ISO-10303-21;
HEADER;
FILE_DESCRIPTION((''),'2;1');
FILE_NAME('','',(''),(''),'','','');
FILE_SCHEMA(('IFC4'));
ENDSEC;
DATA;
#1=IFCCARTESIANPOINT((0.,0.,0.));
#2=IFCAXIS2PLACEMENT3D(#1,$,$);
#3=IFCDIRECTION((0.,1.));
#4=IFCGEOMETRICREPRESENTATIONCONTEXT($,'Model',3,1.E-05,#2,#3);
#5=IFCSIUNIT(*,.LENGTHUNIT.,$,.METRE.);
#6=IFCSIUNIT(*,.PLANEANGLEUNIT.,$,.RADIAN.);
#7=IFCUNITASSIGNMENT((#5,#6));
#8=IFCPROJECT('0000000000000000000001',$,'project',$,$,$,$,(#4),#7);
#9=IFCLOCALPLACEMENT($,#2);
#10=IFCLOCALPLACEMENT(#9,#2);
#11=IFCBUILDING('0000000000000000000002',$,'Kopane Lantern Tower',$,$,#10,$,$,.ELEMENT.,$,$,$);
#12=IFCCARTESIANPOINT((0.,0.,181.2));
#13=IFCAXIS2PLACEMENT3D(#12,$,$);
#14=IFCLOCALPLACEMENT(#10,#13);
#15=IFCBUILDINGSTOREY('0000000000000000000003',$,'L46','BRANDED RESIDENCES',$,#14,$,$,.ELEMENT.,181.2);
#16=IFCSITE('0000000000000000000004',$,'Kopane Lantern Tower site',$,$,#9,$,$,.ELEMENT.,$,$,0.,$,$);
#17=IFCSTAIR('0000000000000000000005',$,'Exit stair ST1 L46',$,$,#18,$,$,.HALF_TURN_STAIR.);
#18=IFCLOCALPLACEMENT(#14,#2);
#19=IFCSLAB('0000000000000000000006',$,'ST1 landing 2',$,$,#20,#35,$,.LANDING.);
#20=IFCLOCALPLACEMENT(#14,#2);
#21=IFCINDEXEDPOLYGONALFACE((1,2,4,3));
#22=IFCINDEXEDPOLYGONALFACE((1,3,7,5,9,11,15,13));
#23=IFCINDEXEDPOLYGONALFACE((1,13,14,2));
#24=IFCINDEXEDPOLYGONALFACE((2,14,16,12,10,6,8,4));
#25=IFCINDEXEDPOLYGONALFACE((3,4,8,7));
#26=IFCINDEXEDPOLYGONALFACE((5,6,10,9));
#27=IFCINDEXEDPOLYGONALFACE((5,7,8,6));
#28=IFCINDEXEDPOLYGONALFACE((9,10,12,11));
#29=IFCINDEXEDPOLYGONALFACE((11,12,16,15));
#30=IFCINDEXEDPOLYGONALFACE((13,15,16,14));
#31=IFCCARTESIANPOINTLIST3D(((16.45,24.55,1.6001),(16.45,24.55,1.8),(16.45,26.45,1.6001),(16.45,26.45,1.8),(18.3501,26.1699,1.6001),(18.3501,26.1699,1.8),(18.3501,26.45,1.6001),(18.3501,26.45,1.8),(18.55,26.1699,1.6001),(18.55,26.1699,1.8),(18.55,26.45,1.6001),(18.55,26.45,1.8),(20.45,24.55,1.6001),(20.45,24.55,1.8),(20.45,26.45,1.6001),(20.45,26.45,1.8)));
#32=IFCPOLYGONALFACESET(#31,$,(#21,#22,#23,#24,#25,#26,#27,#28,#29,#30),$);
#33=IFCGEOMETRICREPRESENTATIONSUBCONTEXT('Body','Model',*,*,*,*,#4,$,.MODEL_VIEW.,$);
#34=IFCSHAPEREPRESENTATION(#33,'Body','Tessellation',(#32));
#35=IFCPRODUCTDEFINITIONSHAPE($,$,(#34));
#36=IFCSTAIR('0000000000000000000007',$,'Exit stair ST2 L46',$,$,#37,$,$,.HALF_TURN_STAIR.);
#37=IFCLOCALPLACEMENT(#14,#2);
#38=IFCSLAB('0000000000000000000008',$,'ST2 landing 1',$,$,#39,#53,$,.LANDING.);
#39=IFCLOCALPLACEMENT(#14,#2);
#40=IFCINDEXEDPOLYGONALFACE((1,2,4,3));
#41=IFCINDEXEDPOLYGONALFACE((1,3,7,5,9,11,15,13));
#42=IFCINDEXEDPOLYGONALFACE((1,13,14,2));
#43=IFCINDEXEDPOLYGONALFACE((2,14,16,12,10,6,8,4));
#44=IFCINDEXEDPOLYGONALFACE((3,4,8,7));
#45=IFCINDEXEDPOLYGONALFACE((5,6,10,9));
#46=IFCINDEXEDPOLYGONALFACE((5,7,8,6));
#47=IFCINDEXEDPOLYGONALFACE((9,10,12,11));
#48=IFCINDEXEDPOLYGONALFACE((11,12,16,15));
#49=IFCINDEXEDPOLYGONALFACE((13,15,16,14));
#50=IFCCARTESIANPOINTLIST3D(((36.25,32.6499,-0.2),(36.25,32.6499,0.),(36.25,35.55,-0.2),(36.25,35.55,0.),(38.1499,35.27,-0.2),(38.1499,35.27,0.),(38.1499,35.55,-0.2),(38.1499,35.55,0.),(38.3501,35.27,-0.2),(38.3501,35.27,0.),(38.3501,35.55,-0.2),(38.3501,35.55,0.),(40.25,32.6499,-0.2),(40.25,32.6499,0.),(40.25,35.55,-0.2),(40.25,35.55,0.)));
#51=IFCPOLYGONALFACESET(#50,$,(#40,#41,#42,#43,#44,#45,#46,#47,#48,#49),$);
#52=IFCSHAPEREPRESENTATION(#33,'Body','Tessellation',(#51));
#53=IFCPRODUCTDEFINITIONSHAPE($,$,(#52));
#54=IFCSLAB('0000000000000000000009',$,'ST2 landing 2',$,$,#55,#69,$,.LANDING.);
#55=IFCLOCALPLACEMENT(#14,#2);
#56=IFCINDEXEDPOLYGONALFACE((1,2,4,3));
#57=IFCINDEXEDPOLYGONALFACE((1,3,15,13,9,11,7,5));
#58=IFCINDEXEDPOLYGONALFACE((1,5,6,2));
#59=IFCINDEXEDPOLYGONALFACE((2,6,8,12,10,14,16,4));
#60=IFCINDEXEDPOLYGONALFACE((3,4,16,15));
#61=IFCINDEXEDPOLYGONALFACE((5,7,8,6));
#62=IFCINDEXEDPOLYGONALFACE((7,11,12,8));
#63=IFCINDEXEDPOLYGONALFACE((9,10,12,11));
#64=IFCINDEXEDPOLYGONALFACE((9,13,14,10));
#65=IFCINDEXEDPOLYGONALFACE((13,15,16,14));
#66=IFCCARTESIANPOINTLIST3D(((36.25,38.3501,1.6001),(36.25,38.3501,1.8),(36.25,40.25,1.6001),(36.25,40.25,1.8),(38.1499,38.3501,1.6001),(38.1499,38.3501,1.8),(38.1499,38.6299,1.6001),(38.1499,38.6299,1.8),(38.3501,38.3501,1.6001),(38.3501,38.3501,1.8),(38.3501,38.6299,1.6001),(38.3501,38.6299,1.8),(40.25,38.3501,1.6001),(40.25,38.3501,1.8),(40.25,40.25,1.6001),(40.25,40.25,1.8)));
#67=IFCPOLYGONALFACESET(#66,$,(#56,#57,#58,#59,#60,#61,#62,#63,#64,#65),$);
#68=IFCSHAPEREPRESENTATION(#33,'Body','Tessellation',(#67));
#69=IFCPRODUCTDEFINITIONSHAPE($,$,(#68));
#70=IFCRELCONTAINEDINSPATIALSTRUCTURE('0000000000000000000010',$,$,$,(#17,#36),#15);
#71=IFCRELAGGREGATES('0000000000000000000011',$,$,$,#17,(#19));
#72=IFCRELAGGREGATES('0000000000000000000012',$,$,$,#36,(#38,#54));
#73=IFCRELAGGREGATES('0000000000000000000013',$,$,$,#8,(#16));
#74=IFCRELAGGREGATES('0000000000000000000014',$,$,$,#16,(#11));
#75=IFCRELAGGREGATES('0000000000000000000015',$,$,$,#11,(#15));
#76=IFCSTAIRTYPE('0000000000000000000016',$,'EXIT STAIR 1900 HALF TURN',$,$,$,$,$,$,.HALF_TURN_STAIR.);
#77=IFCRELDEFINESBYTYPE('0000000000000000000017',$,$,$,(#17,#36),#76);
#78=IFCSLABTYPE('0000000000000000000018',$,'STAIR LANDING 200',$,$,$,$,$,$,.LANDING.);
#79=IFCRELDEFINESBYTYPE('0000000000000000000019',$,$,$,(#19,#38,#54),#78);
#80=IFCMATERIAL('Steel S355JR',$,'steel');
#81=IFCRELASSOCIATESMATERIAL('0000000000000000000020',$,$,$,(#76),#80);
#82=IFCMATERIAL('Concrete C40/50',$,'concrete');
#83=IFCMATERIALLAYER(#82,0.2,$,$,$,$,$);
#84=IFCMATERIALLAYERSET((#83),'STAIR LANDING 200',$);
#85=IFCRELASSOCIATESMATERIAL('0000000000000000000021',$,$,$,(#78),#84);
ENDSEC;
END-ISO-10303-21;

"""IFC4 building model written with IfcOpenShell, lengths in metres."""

from ifc_helpers import new_model, si_unit, direction, frame, origin, place, context, subcontext, project, spatial, polyline, outline, extrude, material, layer, layer_set, type_object, element, aggregate, save


model = new_model("IFC4")

# Units and contexts
model_context = context("Model", 3, precision=1e-05, world=origin(), true_north=direction((0.0, 1.0)))
body_context = subcontext(model_context, "Body", "Model", "MODEL_VIEW")
ifc_project = project(units=[si_unit("LENGTHUNIT", "METRE"), si_unit("PLANEANGLEUNIT", "RADIAN")], contexts=[model_context])

# Site, building, storey
site_placement = place(None, origin())
site = spatial("IfcSite", under=ifc_project, at=site_placement, Name="Kopane Lantern Tower site", CompositionType="ELEMENT", RefElevation=0.0)
building_placement = place(site_placement, origin())
building = spatial("IfcBuilding", under=site, at=building_placement, Name="Kopane Lantern Tower", CompositionType="ELEMENT")
storey_placement = place(building_placement, frame((0.0, 0.0, 181.2)))
storey = spatial("IfcBuildingStorey", under=building, at=storey_placement, Name="L46", Description="BRANDED RESIDENCES", CompositionType="ELEMENT", Elevation=181.2)

# Stairs, slabs
ifc_material_1 = material(Name="Steel S355JR", Category="steel")
stair_type = type_object("IfcStairType", Name="EXIT STAIR 1900 HALF TURN", PredefinedType="HALF_TURN_STAIR", material=ifc_material_1)
stair_1_placement = place(storey_placement, origin())
stair_1 = element("IfcStair", 1, at=stair_1_placement, inside=storey, type_object=stair_type, Name="Exit stair ST1 L46", PredefinedType="HALF_TURN_STAIR")
ifc_material_2 = material(Name="Concrete C40/50", Category="concrete")
ifc_layer_1 = layer(ifc_material_2, 0.2)
ifc_layer_set_1 = layer_set([ifc_layer_1], Name="STAIR LANDING 200")
slab_type_1 = type_object("IfcSlabType", Name="STAIR LANDING 200", PredefinedType="LANDING", material=ifc_layer_set_1)
slab_1_placement = place(storey_placement, frame((0.0, 0.0, 1.6001)))
slab_1 = element("IfcSlab", 2, at=slab_1_placement, type_object=slab_type_1, Name="ST1 landing 2", PredefinedType="LANDING", context=body_context, shape_type="SweptSolid", body=[
    extrude(outline(polyline([(20.45, 26.45), (18.55, 26.45), (18.55, 26.1699), (18.3501, 26.1699), (18.3501, 26.45), (16.45, 26.45), (16.45, 24.55), (20.45, 24.55), (20.45, 26.45)])), origin(), (0.0, 0.0, 1.0), 0.2),
])
aggregate(stair_1, [slab_1])
stair_2_placement = place(storey_placement, origin())
stair_2 = element("IfcStair", 3, at=stair_2_placement, inside=storey, type_object=stair_type, Name="Exit stair ST2 L46", PredefinedType="HALF_TURN_STAIR")
slab_2_placement = place(storey_placement, frame((0.0, 0.0, -0.2)))
slab_2 = element("IfcSlab", 4, at=slab_2_placement, type_object=slab_type_1, Name="ST2 landing 1", PredefinedType="LANDING", context=body_context, shape_type="SweptSolid", body=[
    extrude(outline(polyline([(40.25, 35.55), (38.3501, 35.55), (38.3501, 35.27), (38.1499, 35.27), (38.1499, 35.55), (36.25, 35.55), (36.25, 32.6499), (40.25, 32.6499), (40.25, 35.55)])), origin(), (0.0, 0.0, 1.0), 0.2),
])
slab_3_placement = place(storey_placement, frame((0.0, 0.0, 1.6001)))
slab_3 = element("IfcSlab", 5, at=slab_3_placement, type_object=slab_type_1, Name="ST2 landing 2", PredefinedType="LANDING", context=body_context, shape_type="SweptSolid", body=[
    extrude(outline(polyline([(38.1499, 38.6299), (38.3501, 38.6299), (38.3501, 38.3501), (40.25, 38.3501), (40.25, 40.25), (36.25, 40.25), (36.25, 38.3501), (38.1499, 38.3501), (38.1499, 38.6299)])), origin(), (0.0, 0.0, 1.0), 0.2),
])
aggregate(stair_2, [slab_2, slab_3])

save(model, "model.ifc")
